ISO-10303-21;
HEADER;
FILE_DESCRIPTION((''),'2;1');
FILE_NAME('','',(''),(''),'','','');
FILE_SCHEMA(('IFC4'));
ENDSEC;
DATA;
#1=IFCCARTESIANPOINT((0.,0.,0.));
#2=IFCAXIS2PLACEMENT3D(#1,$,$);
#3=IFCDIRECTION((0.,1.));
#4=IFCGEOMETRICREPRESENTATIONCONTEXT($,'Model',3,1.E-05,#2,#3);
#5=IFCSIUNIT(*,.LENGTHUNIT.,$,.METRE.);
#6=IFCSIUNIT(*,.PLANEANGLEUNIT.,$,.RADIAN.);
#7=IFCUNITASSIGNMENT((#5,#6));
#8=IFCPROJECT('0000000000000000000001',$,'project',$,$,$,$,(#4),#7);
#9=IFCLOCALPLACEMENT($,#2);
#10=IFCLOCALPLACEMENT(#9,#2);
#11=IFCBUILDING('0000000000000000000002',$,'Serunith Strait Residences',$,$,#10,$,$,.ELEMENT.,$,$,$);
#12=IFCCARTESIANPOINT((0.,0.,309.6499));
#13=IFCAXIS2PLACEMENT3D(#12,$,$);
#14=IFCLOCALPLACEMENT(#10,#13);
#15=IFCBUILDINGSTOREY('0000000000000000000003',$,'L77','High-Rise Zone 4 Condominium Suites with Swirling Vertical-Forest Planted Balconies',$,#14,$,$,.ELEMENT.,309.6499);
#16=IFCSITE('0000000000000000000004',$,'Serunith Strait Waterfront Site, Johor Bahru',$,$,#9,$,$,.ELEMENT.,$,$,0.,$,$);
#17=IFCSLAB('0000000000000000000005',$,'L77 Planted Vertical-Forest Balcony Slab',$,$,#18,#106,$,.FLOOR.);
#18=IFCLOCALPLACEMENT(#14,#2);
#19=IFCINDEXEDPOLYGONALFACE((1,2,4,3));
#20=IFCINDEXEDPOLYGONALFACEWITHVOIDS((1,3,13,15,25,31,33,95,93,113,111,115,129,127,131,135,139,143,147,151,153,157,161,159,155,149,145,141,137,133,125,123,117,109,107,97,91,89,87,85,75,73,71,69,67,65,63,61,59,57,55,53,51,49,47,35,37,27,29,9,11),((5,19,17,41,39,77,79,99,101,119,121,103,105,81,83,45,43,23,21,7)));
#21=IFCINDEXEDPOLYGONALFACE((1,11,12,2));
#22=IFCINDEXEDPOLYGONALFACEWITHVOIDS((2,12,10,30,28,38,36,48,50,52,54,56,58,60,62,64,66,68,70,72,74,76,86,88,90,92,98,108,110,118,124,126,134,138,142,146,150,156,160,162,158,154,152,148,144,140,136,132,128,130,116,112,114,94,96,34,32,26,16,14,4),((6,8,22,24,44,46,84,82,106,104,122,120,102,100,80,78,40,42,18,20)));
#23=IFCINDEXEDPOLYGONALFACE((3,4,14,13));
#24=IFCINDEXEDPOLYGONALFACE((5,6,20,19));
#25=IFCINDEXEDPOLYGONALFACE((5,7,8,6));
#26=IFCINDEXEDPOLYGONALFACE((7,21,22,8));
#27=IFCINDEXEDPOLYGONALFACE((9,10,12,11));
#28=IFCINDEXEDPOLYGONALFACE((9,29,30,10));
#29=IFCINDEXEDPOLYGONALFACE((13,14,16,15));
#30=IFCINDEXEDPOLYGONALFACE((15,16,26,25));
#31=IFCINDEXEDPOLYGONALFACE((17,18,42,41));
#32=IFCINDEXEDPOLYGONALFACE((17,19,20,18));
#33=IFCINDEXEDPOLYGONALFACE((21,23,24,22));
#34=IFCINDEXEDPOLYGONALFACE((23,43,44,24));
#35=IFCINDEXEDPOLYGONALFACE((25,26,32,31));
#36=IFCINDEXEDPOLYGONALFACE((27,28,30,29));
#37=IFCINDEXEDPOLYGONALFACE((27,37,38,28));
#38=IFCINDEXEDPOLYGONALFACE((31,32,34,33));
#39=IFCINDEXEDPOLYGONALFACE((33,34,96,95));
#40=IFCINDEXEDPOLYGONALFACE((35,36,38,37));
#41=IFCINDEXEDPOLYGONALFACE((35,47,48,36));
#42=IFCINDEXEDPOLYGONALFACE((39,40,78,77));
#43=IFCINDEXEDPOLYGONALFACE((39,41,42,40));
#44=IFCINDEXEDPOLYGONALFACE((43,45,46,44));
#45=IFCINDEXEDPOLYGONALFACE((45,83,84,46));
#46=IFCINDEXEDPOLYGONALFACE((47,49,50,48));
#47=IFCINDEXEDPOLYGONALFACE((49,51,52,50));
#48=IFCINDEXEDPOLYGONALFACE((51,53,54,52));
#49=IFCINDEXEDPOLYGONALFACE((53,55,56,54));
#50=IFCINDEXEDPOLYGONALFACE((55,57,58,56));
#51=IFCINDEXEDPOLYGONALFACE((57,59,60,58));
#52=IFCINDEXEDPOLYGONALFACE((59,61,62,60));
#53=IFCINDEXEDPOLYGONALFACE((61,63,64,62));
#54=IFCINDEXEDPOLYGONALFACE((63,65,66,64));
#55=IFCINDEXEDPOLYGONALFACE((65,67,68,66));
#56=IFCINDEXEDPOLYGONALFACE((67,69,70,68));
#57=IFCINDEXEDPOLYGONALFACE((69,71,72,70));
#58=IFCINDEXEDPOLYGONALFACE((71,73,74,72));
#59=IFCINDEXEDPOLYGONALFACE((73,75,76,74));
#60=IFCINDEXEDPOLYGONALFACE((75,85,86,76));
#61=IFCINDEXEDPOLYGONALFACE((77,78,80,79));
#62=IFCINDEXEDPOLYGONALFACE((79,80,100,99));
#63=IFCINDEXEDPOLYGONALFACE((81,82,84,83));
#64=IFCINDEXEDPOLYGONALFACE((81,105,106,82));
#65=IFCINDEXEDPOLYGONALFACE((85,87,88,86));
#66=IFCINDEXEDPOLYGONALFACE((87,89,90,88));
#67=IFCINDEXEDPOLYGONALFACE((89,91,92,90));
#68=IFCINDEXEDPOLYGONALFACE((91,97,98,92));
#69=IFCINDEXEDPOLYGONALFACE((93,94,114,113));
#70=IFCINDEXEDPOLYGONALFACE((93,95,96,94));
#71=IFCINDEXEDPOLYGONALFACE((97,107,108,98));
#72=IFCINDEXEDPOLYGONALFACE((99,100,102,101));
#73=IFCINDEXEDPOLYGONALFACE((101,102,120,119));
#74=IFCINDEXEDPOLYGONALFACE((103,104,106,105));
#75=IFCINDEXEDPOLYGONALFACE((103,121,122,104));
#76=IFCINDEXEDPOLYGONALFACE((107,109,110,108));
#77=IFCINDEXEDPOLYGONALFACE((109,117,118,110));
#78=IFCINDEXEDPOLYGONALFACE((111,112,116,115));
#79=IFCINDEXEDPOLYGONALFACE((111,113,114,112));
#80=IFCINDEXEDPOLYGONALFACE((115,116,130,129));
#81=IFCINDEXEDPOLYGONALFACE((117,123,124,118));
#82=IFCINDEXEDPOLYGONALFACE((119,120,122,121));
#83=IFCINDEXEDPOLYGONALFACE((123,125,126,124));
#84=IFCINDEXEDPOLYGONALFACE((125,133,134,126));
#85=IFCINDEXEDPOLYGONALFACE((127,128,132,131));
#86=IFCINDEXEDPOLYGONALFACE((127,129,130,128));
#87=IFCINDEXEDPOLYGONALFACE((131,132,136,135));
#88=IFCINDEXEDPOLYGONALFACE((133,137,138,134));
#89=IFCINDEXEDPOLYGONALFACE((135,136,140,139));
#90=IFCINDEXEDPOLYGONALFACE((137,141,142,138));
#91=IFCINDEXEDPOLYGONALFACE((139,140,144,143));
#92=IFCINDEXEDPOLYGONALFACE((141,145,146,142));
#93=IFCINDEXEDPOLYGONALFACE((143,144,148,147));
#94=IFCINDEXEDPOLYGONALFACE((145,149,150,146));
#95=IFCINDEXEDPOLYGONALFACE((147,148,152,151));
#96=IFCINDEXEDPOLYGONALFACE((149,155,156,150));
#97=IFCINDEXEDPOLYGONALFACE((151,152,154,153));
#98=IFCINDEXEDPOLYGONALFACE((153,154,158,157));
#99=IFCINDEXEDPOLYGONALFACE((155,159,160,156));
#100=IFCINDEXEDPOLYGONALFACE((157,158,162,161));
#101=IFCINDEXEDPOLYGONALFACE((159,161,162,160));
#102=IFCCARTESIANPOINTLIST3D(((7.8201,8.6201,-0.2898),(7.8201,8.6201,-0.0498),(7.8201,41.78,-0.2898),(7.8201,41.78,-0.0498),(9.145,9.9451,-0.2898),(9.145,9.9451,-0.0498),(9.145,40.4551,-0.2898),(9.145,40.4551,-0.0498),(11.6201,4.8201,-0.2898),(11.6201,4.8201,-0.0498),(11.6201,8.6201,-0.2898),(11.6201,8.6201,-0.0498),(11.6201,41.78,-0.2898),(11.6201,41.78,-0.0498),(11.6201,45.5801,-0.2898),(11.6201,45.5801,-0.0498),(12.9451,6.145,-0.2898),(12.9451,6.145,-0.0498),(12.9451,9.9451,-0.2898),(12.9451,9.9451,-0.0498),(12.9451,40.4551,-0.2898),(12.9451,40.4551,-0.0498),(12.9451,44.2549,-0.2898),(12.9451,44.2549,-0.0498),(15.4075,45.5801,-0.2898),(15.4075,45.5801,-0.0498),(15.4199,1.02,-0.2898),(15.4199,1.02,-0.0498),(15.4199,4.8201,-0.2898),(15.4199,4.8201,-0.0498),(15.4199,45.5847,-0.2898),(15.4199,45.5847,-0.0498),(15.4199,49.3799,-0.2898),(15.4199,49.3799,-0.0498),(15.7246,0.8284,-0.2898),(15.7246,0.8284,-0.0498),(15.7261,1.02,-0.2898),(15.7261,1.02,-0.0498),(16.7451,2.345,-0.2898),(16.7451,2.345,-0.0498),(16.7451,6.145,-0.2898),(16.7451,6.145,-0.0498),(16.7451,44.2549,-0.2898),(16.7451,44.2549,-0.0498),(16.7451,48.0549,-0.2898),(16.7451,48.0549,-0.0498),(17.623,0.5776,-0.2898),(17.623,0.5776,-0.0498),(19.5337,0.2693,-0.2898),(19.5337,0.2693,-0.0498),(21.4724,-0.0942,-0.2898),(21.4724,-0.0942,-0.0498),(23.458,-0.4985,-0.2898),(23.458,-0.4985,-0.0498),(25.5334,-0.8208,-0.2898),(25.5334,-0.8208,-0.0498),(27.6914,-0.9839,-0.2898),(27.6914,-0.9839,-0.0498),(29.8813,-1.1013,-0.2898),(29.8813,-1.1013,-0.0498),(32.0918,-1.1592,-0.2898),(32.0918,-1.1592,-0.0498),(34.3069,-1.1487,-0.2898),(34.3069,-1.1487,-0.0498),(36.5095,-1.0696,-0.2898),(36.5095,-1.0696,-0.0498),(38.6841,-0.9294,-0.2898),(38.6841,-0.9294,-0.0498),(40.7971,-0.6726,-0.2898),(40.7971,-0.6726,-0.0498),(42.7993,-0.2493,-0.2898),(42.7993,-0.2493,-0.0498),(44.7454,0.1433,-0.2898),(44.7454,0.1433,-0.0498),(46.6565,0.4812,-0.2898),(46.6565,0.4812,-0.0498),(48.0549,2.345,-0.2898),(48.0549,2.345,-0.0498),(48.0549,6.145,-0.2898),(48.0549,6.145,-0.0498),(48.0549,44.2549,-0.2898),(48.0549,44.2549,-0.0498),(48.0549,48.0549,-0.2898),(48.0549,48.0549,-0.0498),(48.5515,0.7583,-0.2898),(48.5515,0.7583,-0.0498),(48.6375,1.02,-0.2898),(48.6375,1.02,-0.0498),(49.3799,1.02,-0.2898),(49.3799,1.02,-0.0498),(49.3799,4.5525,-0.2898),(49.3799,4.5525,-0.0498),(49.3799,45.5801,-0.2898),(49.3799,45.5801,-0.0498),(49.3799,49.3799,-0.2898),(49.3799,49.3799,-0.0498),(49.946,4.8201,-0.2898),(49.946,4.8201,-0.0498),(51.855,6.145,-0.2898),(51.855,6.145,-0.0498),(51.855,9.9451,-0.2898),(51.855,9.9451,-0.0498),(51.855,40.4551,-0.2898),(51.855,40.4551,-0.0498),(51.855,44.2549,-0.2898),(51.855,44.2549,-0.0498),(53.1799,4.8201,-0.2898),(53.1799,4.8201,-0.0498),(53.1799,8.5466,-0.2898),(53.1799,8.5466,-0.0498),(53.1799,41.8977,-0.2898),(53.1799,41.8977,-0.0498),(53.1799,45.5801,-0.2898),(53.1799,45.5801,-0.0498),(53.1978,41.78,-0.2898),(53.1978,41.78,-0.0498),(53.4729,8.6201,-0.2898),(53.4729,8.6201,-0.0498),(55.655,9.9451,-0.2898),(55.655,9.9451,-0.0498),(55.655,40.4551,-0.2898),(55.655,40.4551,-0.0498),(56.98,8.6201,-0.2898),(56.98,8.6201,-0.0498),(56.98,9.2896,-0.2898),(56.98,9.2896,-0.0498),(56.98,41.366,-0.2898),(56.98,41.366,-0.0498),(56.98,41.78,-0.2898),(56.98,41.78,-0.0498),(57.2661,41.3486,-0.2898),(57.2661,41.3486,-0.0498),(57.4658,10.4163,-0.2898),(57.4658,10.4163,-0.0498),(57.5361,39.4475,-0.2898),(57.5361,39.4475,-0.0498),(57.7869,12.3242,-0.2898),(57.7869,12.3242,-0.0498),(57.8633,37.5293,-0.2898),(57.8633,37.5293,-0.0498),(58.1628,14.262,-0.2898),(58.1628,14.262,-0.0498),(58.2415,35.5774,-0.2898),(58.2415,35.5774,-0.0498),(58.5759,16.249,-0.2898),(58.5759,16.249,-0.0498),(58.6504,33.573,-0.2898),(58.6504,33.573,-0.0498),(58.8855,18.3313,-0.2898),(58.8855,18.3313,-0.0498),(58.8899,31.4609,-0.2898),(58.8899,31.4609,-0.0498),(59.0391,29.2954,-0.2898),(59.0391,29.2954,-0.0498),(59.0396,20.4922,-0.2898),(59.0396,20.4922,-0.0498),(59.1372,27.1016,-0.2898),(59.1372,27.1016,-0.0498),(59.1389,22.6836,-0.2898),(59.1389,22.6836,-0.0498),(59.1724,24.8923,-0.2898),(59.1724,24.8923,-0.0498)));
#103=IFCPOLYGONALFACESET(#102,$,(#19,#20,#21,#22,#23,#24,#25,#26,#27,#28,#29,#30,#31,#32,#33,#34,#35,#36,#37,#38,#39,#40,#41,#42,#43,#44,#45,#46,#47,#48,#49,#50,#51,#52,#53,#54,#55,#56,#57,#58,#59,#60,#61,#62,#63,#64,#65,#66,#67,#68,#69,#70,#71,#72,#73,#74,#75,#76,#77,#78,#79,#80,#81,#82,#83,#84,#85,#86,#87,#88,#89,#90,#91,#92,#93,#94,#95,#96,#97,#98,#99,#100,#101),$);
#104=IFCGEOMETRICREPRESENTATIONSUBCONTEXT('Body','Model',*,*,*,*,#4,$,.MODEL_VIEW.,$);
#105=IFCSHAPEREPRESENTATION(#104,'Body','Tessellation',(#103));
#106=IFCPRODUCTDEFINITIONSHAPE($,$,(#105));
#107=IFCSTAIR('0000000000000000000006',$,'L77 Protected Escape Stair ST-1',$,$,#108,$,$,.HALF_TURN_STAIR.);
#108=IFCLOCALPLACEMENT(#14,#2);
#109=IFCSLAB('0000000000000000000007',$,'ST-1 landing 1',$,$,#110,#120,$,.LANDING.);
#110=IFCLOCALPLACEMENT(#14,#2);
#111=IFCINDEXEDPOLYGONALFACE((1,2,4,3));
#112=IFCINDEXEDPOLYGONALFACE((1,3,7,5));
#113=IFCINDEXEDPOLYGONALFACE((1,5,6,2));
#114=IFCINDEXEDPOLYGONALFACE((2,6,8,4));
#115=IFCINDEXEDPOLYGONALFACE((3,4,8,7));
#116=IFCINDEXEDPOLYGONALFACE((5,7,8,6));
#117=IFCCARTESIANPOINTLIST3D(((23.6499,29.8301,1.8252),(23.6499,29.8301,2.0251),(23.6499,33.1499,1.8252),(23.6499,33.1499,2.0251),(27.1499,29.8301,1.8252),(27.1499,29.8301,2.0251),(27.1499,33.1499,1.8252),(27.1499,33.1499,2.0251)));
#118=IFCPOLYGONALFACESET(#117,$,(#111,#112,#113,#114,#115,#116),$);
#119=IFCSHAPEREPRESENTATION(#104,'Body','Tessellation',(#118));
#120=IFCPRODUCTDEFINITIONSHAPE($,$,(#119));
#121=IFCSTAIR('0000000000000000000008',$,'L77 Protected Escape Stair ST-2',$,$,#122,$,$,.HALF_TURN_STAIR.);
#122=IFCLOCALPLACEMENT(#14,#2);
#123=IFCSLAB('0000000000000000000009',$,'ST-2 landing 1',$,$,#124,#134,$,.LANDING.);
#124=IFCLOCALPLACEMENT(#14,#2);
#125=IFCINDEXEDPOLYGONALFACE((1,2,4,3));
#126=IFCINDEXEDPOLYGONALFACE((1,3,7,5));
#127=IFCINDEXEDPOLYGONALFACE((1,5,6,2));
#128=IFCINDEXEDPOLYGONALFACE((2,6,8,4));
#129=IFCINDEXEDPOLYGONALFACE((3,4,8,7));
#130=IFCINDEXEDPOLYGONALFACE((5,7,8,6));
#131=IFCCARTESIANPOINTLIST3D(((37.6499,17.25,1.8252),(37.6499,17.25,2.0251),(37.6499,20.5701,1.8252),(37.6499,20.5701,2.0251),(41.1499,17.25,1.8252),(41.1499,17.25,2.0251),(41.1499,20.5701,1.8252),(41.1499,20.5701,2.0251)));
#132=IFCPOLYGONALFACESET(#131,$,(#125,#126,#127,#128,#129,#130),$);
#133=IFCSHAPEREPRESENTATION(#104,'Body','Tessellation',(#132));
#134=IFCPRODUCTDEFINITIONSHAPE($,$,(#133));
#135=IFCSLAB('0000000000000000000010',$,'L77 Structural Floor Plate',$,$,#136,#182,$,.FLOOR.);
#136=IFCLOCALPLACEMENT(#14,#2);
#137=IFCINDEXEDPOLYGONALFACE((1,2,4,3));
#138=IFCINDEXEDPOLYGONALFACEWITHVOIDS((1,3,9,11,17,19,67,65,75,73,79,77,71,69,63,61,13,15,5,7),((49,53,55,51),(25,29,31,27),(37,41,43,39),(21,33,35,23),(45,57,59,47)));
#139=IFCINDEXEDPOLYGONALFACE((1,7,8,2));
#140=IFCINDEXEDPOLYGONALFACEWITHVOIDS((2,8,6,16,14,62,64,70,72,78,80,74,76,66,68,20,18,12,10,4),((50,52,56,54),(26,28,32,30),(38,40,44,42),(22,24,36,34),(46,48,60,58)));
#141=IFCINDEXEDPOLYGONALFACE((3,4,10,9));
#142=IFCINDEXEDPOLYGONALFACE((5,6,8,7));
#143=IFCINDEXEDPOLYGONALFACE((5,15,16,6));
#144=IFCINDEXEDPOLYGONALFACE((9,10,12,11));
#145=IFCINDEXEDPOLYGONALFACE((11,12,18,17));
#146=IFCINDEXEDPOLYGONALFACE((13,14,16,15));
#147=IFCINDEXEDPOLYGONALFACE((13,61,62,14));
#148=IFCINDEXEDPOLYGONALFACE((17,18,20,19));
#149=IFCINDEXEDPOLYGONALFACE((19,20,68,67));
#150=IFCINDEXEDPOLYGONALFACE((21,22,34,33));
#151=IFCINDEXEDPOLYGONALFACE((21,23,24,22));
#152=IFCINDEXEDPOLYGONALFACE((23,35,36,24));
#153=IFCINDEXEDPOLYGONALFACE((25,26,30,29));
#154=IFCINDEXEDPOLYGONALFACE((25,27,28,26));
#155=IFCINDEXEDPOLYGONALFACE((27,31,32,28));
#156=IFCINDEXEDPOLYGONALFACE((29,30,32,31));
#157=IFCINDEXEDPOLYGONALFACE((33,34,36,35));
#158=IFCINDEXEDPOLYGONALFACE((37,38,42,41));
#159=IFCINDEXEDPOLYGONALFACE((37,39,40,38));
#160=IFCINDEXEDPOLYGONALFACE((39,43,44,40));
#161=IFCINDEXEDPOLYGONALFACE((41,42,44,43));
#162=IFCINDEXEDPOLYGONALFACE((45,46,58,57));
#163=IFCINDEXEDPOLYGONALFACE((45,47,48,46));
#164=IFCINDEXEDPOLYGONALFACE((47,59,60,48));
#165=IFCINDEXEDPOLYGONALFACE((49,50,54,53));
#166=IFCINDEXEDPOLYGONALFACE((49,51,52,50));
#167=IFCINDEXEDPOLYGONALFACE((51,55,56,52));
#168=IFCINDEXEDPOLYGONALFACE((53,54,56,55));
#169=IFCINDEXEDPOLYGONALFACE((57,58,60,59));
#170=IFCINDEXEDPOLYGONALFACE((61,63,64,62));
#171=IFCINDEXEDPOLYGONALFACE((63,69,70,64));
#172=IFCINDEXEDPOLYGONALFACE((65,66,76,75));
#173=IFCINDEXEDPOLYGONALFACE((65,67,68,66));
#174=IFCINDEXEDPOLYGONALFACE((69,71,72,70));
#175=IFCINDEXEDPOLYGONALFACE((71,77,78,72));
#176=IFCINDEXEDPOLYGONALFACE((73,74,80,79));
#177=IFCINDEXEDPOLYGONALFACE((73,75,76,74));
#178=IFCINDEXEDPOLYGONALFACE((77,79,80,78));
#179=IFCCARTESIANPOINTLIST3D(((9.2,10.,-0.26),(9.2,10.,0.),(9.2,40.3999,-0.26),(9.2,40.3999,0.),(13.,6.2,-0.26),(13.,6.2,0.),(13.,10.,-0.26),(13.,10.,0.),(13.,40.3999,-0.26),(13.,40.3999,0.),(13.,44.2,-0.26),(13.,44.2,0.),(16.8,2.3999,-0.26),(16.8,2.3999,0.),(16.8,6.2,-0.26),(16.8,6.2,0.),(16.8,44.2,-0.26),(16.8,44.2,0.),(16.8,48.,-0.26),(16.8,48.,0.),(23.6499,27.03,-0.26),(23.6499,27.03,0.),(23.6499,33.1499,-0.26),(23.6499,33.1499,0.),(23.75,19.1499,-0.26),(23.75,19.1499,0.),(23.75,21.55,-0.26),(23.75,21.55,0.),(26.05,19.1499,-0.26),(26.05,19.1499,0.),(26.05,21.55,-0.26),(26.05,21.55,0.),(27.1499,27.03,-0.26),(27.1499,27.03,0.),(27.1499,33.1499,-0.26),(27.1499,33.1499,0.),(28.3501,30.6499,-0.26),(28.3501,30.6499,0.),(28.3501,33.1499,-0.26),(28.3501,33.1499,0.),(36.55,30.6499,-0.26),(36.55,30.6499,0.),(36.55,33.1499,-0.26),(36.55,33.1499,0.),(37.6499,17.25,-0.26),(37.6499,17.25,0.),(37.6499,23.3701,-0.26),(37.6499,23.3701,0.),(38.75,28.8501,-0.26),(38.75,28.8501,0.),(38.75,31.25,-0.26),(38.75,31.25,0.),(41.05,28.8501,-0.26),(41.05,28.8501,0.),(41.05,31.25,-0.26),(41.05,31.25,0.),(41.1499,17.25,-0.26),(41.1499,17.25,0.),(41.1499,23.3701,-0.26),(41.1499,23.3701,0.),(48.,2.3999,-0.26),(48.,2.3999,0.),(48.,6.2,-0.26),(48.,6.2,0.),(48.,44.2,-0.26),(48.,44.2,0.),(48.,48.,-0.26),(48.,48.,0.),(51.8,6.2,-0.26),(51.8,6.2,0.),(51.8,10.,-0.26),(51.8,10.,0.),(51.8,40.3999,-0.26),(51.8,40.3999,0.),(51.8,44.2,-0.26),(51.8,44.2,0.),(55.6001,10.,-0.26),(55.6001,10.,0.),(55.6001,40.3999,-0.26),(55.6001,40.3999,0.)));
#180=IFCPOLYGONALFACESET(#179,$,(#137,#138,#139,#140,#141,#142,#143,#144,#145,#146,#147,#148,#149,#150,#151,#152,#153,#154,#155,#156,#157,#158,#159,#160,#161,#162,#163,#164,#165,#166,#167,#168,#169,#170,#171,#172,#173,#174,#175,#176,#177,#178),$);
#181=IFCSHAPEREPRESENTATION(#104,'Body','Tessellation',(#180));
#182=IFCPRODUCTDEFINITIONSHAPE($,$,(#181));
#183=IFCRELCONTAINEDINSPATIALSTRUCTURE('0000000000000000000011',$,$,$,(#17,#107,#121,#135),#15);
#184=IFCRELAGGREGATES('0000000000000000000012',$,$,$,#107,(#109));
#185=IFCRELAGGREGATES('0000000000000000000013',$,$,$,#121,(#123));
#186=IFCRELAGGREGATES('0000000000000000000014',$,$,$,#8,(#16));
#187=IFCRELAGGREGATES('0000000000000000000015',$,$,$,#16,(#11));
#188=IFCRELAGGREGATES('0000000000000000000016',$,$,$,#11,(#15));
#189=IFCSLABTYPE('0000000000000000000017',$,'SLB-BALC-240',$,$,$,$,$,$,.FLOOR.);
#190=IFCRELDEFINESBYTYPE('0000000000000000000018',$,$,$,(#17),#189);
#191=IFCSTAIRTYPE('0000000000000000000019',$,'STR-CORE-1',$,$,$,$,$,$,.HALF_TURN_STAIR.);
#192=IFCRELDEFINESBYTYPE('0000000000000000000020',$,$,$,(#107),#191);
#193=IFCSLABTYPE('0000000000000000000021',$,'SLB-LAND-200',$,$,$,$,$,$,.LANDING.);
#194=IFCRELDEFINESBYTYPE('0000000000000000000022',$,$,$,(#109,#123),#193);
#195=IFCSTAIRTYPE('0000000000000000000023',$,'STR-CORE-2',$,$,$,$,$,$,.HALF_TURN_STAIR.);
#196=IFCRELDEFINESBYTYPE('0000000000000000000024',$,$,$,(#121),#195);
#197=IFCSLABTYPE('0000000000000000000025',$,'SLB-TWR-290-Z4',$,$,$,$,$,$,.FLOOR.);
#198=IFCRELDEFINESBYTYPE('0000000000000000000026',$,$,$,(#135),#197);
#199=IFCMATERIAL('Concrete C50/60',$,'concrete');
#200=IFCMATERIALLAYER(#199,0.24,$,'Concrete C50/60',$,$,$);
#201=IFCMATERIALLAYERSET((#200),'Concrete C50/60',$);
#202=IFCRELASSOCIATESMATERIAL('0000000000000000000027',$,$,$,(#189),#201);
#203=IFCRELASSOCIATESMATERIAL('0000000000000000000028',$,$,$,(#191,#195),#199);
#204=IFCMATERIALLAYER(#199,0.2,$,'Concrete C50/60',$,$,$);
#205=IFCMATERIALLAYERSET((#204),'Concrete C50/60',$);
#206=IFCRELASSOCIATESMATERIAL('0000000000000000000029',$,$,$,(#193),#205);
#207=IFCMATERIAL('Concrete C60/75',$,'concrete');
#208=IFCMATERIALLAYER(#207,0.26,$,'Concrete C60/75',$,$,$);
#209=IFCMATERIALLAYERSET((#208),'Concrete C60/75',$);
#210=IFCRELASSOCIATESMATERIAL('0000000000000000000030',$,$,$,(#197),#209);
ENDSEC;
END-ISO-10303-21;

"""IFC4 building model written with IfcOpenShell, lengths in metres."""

from ifc_helpers import new_model, si_unit, direction, frame, origin, place, context, subcontext, project, spatial, polyline, outline, extrude, material, layer, layer_set, type_object, element, aggregate, save


model = new_model("IFC4")

# Units and contexts
model_context = context("Model", 3, precision=1e-05, world=origin(), true_north=direction((0.0, 1.0)))
body_context = subcontext(model_context, "Body", "Model", "MODEL_VIEW")
ifc_project = project(units=[si_unit("LENGTHUNIT", "METRE"), si_unit("PLANEANGLEUNIT", "RADIAN")], contexts=[model_context])

# Site, building, storey
site_placement = place(None, origin())
site = spatial("IfcSite", under=ifc_project, at=site_placement, Name="Serunith Strait Waterfront Site, Johor Bahru", CompositionType="ELEMENT", RefElevation=0.0)
building_placement = place(site_placement, origin())
building = spatial("IfcBuilding", under=site, at=building_placement, Name="Serunith Strait Residences", CompositionType="ELEMENT")
storey_placement = place(building_placement, frame((0.0, 0.0, 309.6499)))
storey = spatial("IfcBuildingStorey", under=building, at=storey_placement, Name="L77", Description="High-Rise Zone 4 Condominium Suites with Swirling Vertical-Forest Planted Balconies", CompositionType="ELEMENT", Elevation=309.6499)

# Slab
ifc_material_1 = material(Name="Concrete C50/60", Category="concrete")
ifc_layer_1 = layer(ifc_material_1, 0.24, Name="Concrete C50/60")
ifc_layer_set_1 = layer_set([ifc_layer_1], Name="Concrete C50/60")
slab_type_1 = type_object("IfcSlabType", Name="SLB-BALC-240", PredefinedType="FLOOR", material=ifc_layer_set_1)
slab_1_placement = place(storey_placement, frame((0.0, 0.0, -0.2898)))
element("IfcSlab", 1, at=slab_1_placement, inside=storey, type_object=slab_type_1, Name="L77 Planted Vertical-Forest Balcony Slab", PredefinedType="FLOOR", context=body_context, shape_type="SweptSolid", body=[
    extrude(outline(polyline([(15.4199, 1.02), (15.4199, 4.8201), (11.6201, 4.8201), (11.6201, 8.6201), (7.8201, 8.6201), (7.8201, 41.78), (11.6201, 41.78), (11.6201, 45.5801), (15.4075, 45.5801), (15.4199, 45.5847), (15.4199, 49.3799), (49.3799, 49.3799), (49.3799, 45.5801), (53.1799, 45.5801), (53.1799, 41.8977), (53.1978, 41.78), (56.98, 41.78), (56.98, 41.366), (57.2661, 41.3486), (57.5361, 39.4475), (57.8633, 37.5293), (58.2415, 35.5774), (58.6504, 33.573), (58.8899, 31.4609), (59.0391, 29.2954), (59.1372, 27.1016), (59.1724, 24.8923), (59.1389, 22.6836), (59.0396, 20.4922), (58.8855, 18.3313), (58.5759, 16.249), (58.1628, 14.262), (57.7869, 12.3242), (57.4658, 10.4163), (56.98, 9.2896), (56.98, 8.6201), (53.4729, 8.6201), (53.1799, 8.5466), (53.1799, 4.8201), (49.946, 4.8201), (49.3799, 4.5525), (49.3799, 1.02), (48.6375, 1.02), (48.5515, 0.7583), (46.6565, 0.4812), (44.7454, 0.1433), (42.7993, -0.2493), (40.7971, -0.6726), (38.6841, -0.9294), (36.5095, -1.0696), (34.3069, -1.1487), (32.0918, -1.1592), (29.8813, -1.1013), (27.6914, -0.9839), (25.5334, -0.8208), (23.458, -0.4985), (21.4724, -0.0942), (19.5337, 0.2693), (17.623, 0.5776), (15.7246, 0.8284), (15.7261, 1.02), (15.4199, 1.02)]), holes=[polyline([(48.0549, 2.345), (48.0549, 6.145), (51.855, 6.145), (51.855, 9.9451), (55.655, 9.9451), (55.655, 40.4551), (51.855, 40.4551), (51.855, 44.2549), (48.0549, 44.2549), (48.0549, 48.0549), (16.7451, 48.0549), (16.7451, 44.2549), (12.9451, 44.2549), (12.9451, 40.4551), (9.145, 40.4551), (9.145, 9.9451), (12.9451, 9.9451), (12.9451, 6.145), (16.7451, 6.145), (16.7451, 2.345), (48.0549, 2.345)])]), origin(), (0.0, 0.0, 1.0), 0.24),
])

# Stairs, slabs
stair_type_1 = type_object("IfcStairType", Name="STR-CORE-1", PredefinedType="HALF_TURN_STAIR", material=ifc_material_1)
stair_1_placement = place(storey_placement, origin())
stair_1 = element("IfcStair", 2, at=stair_1_placement, inside=storey, type_object=stair_type_1, Name="L77 Protected Escape Stair ST-1", PredefinedType="HALF_TURN_STAIR")
ifc_layer_2 = layer(ifc_material_1, 0.2, Name="Concrete C50/60")
ifc_layer_set_2 = layer_set([ifc_layer_2], Name="Concrete C50/60")
slab_type_2 = type_object("IfcSlabType", Name="SLB-LAND-200", PredefinedType="LANDING", material=ifc_layer_set_2)
slab_2_placement = place(storey_placement, frame((0.0, 0.0, 1.8252)))
slab_2 = element("IfcSlab", 3, at=slab_2_placement, type_object=slab_type_2, Name="ST-1 landing 1", PredefinedType="LANDING", context=body_context, shape_type="SweptSolid", body=[
    extrude(outline(polyline([(27.1499, 29.8301), (27.1499, 33.1499), (23.6499, 33.1499), (23.6499, 29.8301), (27.1499, 29.8301)])), origin(), (0.0, 0.0, 1.0), 0.2),
])
aggregate(stair_1, [slab_2])
stair_type_2 = type_object("IfcStairType", Name="STR-CORE-2", PredefinedType="HALF_TURN_STAIR", material=ifc_material_1)
stair_2_placement = place(storey_placement, origin())
stair_2 = element("IfcStair", 4, at=stair_2_placement, inside=storey, type_object=stair_type_2, Name="L77 Protected Escape Stair ST-2", PredefinedType="HALF_TURN_STAIR")
slab_3_placement = place(storey_placement, frame((0.0, 0.0, 1.8252)))
slab_3 = element("IfcSlab", 5, at=slab_3_placement, type_object=slab_type_2, Name="ST-2 landing 1", PredefinedType="LANDING", context=body_context, shape_type="SweptSolid", body=[
    extrude(outline(polyline([(37.6499, 20.5701), (37.6499, 17.25), (41.1499, 17.25), (41.1499, 20.5701), (37.6499, 20.5701)])), origin(), (0.0, 0.0, 1.0), 0.2),
])
aggregate(stair_2, [slab_3])

# Slab
ifc_material_2 = material(Name="Concrete C60/75", Category="concrete")
ifc_layer_3 = layer(ifc_material_2, 0.26, Name="Concrete C60/75")
ifc_layer_set_3 = layer_set([ifc_layer_3], Name="Concrete C60/75")
slab_type_3 = type_object("IfcSlabType", Name="SLB-TWR-290-Z4", PredefinedType="FLOOR", material=ifc_layer_set_3)
slab_4_placement = place(storey_placement, frame((0.0, 0.0, -0.26)))
element("IfcSlab", 6, at=slab_4_placement, inside=storey, type_object=slab_type_3, Name="L77 Structural Floor Plate", PredefinedType="FLOOR", context=body_context, shape_type="SweptSolid", body=[
    extrude(outline(polyline([(16.8, 6.2), (13.0, 6.2), (13.0, 10.0), (9.2, 10.0), (9.2, 40.3999), (13.0, 40.3999), (13.0, 44.2), (16.8, 44.2), (16.8, 48.0), (48.0, 48.0), (48.0, 44.2), (51.8, 44.2), (51.8, 40.3999), (55.6001, 40.3999), (55.6001, 10.0), (51.8, 10.0), (51.8, 6.2), (48.0, 6.2), (48.0, 2.3999), (16.8, 2.3999), (16.8, 6.2)]), holes=[polyline([(41.1499, 23.3701), (37.6499, 23.3701), (37.6499, 17.25), (41.1499, 17.25), (41.1499, 23.3701)]), polyline([(38.75, 31.25), (38.75, 28.8501), (41.05, 28.8501), (41.05, 31.25), (38.75, 31.25)]), polyline([(36.55, 33.1499), (28.3501, 33.1499), (28.3501, 30.6499), (36.55, 30.6499), (36.55, 33.1499)]), polyline([(23.6499, 33.1499), (23.6499, 27.03), (27.1499, 27.03), (27.1499, 33.1499), (23.6499, 33.1499)]), polyline([(23.75, 21.55), (23.75, 19.1499), (26.05, 19.1499), (26.05, 21.55), (23.75, 21.55)])]), origin(), (0.0, 0.0, 1.0), 0.26),
])

save(model, "model.ifc")
